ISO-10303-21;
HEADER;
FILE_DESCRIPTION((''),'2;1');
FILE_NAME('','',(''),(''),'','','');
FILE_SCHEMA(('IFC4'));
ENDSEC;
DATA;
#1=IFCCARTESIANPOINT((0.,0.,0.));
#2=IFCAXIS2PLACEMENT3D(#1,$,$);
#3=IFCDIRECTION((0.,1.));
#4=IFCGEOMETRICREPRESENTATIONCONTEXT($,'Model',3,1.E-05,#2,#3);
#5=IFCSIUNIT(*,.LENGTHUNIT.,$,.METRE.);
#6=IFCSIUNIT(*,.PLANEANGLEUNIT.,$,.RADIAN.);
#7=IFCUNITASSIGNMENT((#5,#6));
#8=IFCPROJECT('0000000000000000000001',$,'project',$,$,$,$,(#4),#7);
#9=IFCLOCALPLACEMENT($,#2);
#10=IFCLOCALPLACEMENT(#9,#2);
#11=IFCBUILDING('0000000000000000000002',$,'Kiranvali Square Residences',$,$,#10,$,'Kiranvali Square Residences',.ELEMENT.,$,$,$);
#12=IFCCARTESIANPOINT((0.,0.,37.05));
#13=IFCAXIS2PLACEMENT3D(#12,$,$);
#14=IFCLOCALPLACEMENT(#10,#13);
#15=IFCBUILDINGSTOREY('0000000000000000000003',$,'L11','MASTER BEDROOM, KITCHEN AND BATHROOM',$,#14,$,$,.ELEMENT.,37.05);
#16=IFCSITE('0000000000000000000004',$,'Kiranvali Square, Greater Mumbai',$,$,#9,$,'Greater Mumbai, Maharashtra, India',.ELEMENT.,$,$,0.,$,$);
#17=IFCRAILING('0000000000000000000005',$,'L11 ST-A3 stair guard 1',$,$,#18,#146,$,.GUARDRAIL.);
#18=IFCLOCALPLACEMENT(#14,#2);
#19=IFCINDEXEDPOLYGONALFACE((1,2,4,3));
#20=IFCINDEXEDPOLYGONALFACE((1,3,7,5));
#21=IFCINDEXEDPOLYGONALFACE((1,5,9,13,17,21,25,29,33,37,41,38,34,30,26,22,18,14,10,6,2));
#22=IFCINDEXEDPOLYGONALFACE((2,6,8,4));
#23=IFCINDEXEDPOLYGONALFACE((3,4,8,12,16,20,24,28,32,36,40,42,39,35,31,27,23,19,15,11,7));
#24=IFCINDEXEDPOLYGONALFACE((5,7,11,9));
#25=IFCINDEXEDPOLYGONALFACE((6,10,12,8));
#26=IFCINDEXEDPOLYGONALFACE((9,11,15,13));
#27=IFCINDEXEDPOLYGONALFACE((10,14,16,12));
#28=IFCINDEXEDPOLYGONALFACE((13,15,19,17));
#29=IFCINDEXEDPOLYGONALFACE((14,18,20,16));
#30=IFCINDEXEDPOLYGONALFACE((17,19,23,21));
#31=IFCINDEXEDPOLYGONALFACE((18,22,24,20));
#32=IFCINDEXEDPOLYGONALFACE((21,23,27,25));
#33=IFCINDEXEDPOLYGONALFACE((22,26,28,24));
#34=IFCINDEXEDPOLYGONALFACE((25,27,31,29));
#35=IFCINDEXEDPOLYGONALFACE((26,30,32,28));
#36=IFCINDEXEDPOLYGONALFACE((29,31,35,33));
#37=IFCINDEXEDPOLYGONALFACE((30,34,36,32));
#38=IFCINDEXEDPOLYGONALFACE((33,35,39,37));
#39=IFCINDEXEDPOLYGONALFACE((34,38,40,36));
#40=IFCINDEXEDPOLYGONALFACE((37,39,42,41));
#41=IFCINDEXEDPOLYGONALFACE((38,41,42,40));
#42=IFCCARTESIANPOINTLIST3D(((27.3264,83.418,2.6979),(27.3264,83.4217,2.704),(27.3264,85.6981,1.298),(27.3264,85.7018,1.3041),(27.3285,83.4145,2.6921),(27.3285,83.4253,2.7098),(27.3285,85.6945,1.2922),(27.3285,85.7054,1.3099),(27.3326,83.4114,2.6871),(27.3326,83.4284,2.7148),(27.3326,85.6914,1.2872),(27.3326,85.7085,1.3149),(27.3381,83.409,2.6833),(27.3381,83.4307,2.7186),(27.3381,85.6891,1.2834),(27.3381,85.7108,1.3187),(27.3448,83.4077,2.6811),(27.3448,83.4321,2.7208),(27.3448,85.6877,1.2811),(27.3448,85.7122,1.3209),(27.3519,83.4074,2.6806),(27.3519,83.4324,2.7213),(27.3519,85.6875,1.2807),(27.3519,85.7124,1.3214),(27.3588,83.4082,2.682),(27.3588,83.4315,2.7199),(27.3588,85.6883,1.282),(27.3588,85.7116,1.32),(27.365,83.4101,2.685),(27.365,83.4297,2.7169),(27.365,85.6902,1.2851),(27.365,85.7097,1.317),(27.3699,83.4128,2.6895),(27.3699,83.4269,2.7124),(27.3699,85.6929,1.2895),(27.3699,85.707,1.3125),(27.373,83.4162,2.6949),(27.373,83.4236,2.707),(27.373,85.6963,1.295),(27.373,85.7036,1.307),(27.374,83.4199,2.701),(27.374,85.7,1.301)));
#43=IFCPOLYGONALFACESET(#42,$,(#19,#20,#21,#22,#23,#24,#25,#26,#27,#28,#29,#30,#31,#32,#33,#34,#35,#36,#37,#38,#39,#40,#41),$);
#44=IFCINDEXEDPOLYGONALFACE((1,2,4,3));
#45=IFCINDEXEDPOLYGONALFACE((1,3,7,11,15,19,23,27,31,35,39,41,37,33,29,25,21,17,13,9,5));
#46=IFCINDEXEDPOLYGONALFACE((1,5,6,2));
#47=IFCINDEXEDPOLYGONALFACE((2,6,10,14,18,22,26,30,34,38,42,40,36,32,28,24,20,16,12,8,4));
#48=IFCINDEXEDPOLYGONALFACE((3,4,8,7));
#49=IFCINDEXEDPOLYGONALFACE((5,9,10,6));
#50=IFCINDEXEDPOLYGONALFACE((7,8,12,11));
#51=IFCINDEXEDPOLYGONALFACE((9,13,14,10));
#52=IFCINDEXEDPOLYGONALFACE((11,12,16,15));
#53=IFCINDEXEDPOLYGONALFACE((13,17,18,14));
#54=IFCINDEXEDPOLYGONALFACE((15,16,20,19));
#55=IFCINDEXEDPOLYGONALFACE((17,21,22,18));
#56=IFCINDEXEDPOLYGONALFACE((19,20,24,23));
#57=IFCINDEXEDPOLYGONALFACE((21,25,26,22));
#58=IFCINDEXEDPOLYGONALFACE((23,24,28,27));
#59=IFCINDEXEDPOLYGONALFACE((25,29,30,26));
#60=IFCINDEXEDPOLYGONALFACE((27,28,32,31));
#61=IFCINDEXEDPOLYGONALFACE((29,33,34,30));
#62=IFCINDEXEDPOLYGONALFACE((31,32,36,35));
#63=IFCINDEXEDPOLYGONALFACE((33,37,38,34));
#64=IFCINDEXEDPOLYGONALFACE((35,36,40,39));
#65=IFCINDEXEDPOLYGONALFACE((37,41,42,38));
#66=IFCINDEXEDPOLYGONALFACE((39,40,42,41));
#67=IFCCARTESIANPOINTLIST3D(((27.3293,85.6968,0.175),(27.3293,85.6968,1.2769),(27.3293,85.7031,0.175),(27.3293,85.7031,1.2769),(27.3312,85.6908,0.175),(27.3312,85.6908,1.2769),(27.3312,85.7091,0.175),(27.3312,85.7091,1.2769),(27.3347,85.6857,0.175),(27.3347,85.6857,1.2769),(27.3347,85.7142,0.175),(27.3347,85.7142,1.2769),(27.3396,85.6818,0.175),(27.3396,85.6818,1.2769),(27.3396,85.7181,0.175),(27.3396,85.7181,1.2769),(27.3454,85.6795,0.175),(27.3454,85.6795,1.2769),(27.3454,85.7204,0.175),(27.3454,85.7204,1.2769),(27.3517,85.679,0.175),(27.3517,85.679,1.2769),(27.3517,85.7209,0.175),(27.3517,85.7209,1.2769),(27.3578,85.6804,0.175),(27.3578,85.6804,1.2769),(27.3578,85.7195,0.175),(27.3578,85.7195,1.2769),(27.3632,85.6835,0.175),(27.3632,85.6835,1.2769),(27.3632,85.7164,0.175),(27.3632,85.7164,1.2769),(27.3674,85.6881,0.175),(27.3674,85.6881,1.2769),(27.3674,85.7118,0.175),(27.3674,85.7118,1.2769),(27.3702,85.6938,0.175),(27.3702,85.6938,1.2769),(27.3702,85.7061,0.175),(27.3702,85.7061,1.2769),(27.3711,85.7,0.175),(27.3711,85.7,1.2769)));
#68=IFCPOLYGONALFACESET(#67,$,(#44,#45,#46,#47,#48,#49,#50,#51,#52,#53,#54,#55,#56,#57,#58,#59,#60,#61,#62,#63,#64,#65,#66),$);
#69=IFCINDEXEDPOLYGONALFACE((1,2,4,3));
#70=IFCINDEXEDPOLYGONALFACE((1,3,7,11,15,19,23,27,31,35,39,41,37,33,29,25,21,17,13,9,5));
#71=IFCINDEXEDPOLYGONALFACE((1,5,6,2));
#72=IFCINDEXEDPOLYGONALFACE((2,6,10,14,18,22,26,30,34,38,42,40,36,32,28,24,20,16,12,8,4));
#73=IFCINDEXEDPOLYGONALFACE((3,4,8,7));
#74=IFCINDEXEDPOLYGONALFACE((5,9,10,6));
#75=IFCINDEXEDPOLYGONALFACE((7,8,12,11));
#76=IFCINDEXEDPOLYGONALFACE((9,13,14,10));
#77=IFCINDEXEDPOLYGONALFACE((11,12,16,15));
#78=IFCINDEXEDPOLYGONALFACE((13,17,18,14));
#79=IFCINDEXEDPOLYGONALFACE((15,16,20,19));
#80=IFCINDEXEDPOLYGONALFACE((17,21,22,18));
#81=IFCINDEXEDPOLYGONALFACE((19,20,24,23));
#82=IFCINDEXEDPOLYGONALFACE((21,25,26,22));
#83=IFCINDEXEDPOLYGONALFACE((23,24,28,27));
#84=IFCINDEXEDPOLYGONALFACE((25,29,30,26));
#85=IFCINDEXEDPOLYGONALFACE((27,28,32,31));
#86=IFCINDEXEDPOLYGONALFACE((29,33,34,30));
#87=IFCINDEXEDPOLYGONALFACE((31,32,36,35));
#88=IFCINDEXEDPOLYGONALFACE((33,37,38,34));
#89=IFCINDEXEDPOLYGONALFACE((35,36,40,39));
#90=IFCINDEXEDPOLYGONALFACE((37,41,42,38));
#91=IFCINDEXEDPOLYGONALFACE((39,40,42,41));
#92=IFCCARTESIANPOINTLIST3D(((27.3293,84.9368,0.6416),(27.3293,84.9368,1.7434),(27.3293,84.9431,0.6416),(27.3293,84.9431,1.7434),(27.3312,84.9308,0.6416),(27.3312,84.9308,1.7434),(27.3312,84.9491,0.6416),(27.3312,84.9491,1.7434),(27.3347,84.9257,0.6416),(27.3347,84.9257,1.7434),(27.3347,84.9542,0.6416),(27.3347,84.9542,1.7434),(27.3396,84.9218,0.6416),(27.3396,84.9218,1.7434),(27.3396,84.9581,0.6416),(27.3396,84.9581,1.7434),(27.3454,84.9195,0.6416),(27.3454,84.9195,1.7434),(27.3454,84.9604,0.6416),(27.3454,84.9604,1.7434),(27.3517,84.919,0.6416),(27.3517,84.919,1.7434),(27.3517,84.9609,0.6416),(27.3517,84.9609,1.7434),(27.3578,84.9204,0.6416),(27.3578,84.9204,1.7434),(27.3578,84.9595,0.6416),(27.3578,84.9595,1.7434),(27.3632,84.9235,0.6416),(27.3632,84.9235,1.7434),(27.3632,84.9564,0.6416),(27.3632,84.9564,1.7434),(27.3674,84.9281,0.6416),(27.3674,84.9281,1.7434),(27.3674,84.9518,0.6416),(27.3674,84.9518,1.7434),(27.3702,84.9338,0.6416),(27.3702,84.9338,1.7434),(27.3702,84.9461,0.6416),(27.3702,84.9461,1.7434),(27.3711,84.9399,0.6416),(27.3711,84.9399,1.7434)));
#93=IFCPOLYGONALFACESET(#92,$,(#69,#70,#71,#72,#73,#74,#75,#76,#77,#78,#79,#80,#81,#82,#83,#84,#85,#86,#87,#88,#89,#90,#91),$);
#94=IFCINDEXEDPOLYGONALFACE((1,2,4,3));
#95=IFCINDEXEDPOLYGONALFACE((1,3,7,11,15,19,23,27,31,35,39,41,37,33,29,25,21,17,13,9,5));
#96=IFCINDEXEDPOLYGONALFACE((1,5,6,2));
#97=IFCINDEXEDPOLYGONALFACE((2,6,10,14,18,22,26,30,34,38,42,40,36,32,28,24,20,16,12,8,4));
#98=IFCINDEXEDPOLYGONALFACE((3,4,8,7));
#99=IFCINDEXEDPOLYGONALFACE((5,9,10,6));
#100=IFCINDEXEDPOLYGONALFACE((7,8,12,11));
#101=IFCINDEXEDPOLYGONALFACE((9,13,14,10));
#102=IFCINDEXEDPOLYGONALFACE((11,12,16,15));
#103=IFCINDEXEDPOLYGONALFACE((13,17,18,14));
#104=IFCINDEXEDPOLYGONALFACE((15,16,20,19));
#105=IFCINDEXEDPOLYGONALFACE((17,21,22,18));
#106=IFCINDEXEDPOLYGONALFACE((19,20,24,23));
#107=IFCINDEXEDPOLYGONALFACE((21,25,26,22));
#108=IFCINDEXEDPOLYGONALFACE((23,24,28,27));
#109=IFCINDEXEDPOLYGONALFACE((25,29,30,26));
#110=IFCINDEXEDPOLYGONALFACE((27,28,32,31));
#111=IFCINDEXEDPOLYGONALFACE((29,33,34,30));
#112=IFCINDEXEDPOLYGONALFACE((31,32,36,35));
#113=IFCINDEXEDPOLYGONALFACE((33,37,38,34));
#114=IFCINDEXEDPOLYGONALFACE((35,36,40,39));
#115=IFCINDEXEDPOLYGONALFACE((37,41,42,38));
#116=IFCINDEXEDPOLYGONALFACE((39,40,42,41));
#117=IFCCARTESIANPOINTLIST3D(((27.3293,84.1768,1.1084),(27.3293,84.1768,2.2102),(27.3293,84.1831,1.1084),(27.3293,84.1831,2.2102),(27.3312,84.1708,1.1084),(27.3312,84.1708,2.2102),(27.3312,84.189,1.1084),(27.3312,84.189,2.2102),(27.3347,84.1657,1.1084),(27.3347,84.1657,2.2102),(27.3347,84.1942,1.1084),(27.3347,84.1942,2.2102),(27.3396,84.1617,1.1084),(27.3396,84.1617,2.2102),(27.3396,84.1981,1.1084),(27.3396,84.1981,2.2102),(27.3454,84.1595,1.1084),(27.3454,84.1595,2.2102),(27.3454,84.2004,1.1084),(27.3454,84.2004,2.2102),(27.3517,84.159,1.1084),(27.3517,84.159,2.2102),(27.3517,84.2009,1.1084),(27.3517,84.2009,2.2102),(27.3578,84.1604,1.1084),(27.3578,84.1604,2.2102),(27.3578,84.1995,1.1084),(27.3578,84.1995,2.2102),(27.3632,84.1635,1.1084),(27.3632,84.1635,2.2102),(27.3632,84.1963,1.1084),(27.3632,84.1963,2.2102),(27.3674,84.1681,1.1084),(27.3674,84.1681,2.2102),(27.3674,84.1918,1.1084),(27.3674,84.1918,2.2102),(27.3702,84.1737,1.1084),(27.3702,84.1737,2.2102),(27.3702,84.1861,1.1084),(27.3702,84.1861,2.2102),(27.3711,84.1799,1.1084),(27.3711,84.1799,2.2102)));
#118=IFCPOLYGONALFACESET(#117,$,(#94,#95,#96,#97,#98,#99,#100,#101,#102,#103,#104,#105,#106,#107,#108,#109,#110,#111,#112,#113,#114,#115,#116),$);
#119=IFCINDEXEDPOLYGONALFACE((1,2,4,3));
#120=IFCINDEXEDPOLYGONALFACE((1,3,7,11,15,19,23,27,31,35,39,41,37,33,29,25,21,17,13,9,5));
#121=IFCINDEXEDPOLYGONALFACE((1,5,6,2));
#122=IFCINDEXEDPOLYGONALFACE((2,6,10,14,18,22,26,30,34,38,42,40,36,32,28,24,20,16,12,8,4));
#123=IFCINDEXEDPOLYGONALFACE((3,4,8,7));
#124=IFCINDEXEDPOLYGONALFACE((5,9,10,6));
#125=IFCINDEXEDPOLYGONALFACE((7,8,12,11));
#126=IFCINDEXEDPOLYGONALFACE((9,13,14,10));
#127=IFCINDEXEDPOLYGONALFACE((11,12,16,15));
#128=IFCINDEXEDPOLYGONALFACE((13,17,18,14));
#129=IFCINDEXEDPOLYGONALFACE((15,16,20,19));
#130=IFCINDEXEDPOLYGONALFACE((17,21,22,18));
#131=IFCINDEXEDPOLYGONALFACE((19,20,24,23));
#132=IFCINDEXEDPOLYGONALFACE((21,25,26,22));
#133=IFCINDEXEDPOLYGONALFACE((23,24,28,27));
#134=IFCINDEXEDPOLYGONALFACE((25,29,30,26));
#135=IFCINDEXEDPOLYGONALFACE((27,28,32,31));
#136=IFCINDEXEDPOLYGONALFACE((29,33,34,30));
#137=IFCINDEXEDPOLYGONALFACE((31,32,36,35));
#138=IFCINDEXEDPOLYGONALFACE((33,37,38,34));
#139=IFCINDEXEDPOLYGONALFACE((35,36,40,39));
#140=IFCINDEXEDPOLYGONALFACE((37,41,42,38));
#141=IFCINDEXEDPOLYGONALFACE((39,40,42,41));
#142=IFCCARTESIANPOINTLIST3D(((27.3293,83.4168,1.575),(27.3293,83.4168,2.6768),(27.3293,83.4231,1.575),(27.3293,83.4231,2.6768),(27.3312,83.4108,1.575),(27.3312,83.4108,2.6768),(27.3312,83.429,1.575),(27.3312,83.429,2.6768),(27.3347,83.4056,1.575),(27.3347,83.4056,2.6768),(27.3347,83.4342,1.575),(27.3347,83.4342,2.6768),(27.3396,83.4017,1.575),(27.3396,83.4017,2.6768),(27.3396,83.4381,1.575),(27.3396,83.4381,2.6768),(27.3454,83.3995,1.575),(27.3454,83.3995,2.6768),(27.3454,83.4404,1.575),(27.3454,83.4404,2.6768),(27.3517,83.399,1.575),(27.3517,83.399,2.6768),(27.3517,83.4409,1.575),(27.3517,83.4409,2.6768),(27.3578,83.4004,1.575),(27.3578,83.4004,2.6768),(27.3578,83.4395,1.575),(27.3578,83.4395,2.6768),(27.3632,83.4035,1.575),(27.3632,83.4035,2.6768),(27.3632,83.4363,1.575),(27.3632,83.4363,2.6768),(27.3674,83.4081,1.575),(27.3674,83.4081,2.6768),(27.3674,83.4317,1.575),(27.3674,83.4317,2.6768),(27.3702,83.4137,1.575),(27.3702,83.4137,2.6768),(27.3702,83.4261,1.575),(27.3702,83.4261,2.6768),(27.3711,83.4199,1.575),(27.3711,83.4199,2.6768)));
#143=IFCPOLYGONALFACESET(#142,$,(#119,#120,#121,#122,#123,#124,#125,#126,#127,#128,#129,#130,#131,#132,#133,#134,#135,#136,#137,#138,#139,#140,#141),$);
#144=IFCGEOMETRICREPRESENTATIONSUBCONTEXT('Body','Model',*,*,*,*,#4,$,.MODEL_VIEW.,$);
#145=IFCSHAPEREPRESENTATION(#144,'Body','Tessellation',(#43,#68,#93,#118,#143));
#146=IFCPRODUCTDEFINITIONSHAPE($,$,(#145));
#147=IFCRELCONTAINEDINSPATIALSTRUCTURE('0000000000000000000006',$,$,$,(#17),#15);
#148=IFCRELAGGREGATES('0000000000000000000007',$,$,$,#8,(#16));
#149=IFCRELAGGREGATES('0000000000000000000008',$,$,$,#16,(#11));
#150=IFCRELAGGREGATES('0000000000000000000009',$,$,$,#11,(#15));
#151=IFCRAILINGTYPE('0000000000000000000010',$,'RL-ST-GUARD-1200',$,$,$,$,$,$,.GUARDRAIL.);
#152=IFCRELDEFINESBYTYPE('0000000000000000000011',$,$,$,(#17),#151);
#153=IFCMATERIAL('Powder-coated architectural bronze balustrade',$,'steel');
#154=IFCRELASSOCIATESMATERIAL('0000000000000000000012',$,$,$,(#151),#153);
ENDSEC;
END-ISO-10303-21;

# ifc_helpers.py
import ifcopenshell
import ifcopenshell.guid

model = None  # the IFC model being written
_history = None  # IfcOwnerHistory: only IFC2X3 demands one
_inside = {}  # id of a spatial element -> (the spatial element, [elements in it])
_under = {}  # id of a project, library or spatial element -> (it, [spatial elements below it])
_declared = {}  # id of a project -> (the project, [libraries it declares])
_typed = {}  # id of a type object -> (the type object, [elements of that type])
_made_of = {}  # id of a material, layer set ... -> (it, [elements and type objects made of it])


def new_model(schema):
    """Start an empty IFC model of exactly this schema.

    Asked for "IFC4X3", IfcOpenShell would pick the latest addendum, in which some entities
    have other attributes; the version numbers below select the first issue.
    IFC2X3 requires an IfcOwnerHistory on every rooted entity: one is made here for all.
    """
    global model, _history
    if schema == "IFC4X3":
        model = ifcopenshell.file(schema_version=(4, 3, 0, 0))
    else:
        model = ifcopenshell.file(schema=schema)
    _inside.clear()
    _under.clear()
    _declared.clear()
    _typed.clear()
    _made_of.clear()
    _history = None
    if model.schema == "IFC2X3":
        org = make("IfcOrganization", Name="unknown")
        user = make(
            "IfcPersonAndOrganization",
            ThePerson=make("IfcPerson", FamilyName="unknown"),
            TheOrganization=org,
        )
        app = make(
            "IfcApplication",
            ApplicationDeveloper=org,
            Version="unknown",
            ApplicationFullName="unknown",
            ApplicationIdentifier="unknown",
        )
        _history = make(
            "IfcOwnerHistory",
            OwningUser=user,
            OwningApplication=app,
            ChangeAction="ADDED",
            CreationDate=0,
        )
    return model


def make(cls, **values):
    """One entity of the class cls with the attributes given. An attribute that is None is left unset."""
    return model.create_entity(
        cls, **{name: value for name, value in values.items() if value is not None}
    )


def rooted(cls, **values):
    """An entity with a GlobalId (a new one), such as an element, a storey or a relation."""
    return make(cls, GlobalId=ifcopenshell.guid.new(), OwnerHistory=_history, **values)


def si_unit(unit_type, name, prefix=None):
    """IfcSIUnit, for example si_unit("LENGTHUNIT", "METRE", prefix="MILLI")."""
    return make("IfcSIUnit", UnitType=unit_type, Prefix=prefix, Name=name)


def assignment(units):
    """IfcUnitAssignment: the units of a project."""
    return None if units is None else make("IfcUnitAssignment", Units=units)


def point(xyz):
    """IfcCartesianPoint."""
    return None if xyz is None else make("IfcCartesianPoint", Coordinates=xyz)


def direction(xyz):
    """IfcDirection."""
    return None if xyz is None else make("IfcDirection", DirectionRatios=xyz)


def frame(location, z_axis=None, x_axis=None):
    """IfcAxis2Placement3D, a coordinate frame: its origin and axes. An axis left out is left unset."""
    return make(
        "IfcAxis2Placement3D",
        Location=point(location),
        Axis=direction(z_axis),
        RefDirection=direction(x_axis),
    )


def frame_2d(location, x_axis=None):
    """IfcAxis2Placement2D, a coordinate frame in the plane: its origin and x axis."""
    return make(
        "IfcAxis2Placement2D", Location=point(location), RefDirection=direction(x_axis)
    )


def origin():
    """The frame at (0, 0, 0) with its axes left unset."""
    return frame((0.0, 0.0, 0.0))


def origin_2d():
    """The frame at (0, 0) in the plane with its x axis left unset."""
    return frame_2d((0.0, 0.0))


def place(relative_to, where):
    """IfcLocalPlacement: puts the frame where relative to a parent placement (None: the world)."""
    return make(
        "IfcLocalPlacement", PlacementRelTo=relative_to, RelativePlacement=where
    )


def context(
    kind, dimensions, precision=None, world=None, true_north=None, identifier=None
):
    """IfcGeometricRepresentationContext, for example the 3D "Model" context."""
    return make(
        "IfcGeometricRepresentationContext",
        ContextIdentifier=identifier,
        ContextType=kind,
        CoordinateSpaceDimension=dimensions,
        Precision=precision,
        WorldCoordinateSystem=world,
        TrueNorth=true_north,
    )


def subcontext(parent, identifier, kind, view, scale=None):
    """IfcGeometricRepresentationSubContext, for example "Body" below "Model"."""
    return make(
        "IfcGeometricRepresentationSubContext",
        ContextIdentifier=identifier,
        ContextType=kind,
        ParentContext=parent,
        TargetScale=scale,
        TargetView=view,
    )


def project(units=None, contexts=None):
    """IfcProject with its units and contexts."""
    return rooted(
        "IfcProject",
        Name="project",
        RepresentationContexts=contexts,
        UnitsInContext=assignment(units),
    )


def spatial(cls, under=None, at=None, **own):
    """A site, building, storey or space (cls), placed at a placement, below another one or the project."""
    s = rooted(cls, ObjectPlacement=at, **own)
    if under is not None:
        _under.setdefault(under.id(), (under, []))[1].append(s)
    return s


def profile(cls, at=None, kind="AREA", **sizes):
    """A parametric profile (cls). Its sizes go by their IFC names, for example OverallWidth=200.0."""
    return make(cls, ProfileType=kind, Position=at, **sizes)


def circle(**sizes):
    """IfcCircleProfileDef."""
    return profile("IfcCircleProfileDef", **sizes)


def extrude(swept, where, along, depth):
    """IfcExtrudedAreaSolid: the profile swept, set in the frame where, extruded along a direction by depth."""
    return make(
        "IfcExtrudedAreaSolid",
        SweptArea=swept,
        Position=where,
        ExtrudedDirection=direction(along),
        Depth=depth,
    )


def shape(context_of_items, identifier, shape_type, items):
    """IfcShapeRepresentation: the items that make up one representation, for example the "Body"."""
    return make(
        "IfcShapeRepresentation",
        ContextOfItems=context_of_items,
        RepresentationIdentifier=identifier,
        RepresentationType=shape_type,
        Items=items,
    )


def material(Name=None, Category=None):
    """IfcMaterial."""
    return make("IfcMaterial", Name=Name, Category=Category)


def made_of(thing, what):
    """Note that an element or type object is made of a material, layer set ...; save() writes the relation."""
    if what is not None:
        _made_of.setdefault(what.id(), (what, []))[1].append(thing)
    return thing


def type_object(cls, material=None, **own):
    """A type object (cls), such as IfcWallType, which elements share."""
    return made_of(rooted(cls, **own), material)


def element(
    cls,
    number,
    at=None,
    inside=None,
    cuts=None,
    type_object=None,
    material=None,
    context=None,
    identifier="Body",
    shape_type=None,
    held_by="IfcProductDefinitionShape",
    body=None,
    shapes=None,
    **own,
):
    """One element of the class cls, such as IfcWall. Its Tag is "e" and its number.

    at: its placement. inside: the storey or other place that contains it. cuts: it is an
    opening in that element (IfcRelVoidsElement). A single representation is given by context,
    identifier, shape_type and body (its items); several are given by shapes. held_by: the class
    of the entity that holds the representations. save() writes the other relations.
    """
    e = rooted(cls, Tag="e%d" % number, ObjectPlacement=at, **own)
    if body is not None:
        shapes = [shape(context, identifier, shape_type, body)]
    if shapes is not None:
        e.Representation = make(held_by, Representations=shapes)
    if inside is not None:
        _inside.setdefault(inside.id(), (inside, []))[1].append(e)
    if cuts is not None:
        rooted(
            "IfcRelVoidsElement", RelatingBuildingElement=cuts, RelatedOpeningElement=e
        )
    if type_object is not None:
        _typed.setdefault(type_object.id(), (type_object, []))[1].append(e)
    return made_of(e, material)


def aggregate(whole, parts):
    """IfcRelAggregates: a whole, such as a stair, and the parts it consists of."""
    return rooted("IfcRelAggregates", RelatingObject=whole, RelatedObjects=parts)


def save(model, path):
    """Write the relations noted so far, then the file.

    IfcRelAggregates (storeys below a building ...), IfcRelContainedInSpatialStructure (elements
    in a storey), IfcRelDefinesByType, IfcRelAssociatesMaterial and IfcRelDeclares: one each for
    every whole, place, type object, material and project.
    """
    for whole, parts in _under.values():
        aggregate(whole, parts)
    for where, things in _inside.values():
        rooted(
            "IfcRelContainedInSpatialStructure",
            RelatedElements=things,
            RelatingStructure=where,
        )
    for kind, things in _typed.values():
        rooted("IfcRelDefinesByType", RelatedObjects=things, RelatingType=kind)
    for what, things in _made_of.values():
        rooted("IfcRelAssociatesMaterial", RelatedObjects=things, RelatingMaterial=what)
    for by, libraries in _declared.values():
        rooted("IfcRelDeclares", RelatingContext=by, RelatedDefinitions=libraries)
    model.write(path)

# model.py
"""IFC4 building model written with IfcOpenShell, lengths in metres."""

from ifc_helpers import new_model, si_unit, direction, frame, origin, origin_2d, place, context, subcontext, project, spatial, circle, extrude, material, type_object, element, save


model = new_model("IFC4")

# Units and contexts
model_context = context("Model", 3, precision=1e-05, world=origin(), true_north=direction((0.0, 1.0)))
body_context = subcontext(model_context, "Body", "Model", "MODEL_VIEW")
ifc_project = project(units=[si_unit("LENGTHUNIT", "METRE"), si_unit("PLANEANGLEUNIT", "RADIAN")], contexts=[model_context])

# Site, building, storey
site_placement = place(None, origin())
site = spatial("IfcSite", under=ifc_project, at=site_placement, Name="Kiranvali Square, Greater Mumbai", LongName="Greater Mumbai, Maharashtra, India", CompositionType="ELEMENT", RefElevation=0.0)
building_placement = place(site_placement, origin())
building = spatial("IfcBuilding", under=site, at=building_placement, Name="Kiranvali Square Residences", LongName="Kiranvali Square Residences", CompositionType="ELEMENT")
storey_placement = place(building_placement, frame((0.0, 0.0, 37.05)))
storey = spatial("IfcBuildingStorey", under=building, at=storey_placement, Name="L11", Description="MASTER BEDROOM, KITCHEN AND BATHROOM", CompositionType="ELEMENT", Elevation=37.05)

# Railing
ifc_material_1 = material(Name="Powder-coated architectural bronze balustrade", Category="steel")
railing_type_1 = type_object("IfcRailingType", Name="RL-ST-GUARD-1200", PredefinedType="GUARDRAIL", material=ifc_material_1)
railing_1_placement = place(storey_placement, frame((27.3501, 85.7, 0.175)))
element("IfcRailing", 1, at=railing_1_placement, inside=storey, type_object=railing_type_1, Name="L11 ST-A3 stair guard 1", PredefinedType="GUARDRAIL", context=body_context, shape_type="SweptSolid", body=[
    extrude(circle(Radius=0.0239, at=origin_2d()), frame((0.0, 0.0, 1.126), z_axis=(0.0, -0.85219, 0.523232), x_axis=(1.0, 0.0, 0.0)), (0.0, 0.0, 1.0), 2.6755),
    extrude(circle(Radius=0.021, at=origin_2d()), origin(), (0.0, 0.0, 1.0), 1.1018),
    extrude(circle(Radius=0.021, at=origin_2d()), frame((0.0, -0.76, 0.4666)), (0.0, 0.0, 1.0), 1.1018),
    extrude(circle(Radius=0.021, at=origin_2d()), frame((0.0, -1.52, 0.9333)), (0.0, 0.0, 1.0), 1.1018),
    extrude(circle(Radius=0.021, at=origin_2d()), frame((0.0, -2.28, 1.3999)), (0.0, 0.0, 1.0), 1.1018),
])

save(model, "model.ifc")
